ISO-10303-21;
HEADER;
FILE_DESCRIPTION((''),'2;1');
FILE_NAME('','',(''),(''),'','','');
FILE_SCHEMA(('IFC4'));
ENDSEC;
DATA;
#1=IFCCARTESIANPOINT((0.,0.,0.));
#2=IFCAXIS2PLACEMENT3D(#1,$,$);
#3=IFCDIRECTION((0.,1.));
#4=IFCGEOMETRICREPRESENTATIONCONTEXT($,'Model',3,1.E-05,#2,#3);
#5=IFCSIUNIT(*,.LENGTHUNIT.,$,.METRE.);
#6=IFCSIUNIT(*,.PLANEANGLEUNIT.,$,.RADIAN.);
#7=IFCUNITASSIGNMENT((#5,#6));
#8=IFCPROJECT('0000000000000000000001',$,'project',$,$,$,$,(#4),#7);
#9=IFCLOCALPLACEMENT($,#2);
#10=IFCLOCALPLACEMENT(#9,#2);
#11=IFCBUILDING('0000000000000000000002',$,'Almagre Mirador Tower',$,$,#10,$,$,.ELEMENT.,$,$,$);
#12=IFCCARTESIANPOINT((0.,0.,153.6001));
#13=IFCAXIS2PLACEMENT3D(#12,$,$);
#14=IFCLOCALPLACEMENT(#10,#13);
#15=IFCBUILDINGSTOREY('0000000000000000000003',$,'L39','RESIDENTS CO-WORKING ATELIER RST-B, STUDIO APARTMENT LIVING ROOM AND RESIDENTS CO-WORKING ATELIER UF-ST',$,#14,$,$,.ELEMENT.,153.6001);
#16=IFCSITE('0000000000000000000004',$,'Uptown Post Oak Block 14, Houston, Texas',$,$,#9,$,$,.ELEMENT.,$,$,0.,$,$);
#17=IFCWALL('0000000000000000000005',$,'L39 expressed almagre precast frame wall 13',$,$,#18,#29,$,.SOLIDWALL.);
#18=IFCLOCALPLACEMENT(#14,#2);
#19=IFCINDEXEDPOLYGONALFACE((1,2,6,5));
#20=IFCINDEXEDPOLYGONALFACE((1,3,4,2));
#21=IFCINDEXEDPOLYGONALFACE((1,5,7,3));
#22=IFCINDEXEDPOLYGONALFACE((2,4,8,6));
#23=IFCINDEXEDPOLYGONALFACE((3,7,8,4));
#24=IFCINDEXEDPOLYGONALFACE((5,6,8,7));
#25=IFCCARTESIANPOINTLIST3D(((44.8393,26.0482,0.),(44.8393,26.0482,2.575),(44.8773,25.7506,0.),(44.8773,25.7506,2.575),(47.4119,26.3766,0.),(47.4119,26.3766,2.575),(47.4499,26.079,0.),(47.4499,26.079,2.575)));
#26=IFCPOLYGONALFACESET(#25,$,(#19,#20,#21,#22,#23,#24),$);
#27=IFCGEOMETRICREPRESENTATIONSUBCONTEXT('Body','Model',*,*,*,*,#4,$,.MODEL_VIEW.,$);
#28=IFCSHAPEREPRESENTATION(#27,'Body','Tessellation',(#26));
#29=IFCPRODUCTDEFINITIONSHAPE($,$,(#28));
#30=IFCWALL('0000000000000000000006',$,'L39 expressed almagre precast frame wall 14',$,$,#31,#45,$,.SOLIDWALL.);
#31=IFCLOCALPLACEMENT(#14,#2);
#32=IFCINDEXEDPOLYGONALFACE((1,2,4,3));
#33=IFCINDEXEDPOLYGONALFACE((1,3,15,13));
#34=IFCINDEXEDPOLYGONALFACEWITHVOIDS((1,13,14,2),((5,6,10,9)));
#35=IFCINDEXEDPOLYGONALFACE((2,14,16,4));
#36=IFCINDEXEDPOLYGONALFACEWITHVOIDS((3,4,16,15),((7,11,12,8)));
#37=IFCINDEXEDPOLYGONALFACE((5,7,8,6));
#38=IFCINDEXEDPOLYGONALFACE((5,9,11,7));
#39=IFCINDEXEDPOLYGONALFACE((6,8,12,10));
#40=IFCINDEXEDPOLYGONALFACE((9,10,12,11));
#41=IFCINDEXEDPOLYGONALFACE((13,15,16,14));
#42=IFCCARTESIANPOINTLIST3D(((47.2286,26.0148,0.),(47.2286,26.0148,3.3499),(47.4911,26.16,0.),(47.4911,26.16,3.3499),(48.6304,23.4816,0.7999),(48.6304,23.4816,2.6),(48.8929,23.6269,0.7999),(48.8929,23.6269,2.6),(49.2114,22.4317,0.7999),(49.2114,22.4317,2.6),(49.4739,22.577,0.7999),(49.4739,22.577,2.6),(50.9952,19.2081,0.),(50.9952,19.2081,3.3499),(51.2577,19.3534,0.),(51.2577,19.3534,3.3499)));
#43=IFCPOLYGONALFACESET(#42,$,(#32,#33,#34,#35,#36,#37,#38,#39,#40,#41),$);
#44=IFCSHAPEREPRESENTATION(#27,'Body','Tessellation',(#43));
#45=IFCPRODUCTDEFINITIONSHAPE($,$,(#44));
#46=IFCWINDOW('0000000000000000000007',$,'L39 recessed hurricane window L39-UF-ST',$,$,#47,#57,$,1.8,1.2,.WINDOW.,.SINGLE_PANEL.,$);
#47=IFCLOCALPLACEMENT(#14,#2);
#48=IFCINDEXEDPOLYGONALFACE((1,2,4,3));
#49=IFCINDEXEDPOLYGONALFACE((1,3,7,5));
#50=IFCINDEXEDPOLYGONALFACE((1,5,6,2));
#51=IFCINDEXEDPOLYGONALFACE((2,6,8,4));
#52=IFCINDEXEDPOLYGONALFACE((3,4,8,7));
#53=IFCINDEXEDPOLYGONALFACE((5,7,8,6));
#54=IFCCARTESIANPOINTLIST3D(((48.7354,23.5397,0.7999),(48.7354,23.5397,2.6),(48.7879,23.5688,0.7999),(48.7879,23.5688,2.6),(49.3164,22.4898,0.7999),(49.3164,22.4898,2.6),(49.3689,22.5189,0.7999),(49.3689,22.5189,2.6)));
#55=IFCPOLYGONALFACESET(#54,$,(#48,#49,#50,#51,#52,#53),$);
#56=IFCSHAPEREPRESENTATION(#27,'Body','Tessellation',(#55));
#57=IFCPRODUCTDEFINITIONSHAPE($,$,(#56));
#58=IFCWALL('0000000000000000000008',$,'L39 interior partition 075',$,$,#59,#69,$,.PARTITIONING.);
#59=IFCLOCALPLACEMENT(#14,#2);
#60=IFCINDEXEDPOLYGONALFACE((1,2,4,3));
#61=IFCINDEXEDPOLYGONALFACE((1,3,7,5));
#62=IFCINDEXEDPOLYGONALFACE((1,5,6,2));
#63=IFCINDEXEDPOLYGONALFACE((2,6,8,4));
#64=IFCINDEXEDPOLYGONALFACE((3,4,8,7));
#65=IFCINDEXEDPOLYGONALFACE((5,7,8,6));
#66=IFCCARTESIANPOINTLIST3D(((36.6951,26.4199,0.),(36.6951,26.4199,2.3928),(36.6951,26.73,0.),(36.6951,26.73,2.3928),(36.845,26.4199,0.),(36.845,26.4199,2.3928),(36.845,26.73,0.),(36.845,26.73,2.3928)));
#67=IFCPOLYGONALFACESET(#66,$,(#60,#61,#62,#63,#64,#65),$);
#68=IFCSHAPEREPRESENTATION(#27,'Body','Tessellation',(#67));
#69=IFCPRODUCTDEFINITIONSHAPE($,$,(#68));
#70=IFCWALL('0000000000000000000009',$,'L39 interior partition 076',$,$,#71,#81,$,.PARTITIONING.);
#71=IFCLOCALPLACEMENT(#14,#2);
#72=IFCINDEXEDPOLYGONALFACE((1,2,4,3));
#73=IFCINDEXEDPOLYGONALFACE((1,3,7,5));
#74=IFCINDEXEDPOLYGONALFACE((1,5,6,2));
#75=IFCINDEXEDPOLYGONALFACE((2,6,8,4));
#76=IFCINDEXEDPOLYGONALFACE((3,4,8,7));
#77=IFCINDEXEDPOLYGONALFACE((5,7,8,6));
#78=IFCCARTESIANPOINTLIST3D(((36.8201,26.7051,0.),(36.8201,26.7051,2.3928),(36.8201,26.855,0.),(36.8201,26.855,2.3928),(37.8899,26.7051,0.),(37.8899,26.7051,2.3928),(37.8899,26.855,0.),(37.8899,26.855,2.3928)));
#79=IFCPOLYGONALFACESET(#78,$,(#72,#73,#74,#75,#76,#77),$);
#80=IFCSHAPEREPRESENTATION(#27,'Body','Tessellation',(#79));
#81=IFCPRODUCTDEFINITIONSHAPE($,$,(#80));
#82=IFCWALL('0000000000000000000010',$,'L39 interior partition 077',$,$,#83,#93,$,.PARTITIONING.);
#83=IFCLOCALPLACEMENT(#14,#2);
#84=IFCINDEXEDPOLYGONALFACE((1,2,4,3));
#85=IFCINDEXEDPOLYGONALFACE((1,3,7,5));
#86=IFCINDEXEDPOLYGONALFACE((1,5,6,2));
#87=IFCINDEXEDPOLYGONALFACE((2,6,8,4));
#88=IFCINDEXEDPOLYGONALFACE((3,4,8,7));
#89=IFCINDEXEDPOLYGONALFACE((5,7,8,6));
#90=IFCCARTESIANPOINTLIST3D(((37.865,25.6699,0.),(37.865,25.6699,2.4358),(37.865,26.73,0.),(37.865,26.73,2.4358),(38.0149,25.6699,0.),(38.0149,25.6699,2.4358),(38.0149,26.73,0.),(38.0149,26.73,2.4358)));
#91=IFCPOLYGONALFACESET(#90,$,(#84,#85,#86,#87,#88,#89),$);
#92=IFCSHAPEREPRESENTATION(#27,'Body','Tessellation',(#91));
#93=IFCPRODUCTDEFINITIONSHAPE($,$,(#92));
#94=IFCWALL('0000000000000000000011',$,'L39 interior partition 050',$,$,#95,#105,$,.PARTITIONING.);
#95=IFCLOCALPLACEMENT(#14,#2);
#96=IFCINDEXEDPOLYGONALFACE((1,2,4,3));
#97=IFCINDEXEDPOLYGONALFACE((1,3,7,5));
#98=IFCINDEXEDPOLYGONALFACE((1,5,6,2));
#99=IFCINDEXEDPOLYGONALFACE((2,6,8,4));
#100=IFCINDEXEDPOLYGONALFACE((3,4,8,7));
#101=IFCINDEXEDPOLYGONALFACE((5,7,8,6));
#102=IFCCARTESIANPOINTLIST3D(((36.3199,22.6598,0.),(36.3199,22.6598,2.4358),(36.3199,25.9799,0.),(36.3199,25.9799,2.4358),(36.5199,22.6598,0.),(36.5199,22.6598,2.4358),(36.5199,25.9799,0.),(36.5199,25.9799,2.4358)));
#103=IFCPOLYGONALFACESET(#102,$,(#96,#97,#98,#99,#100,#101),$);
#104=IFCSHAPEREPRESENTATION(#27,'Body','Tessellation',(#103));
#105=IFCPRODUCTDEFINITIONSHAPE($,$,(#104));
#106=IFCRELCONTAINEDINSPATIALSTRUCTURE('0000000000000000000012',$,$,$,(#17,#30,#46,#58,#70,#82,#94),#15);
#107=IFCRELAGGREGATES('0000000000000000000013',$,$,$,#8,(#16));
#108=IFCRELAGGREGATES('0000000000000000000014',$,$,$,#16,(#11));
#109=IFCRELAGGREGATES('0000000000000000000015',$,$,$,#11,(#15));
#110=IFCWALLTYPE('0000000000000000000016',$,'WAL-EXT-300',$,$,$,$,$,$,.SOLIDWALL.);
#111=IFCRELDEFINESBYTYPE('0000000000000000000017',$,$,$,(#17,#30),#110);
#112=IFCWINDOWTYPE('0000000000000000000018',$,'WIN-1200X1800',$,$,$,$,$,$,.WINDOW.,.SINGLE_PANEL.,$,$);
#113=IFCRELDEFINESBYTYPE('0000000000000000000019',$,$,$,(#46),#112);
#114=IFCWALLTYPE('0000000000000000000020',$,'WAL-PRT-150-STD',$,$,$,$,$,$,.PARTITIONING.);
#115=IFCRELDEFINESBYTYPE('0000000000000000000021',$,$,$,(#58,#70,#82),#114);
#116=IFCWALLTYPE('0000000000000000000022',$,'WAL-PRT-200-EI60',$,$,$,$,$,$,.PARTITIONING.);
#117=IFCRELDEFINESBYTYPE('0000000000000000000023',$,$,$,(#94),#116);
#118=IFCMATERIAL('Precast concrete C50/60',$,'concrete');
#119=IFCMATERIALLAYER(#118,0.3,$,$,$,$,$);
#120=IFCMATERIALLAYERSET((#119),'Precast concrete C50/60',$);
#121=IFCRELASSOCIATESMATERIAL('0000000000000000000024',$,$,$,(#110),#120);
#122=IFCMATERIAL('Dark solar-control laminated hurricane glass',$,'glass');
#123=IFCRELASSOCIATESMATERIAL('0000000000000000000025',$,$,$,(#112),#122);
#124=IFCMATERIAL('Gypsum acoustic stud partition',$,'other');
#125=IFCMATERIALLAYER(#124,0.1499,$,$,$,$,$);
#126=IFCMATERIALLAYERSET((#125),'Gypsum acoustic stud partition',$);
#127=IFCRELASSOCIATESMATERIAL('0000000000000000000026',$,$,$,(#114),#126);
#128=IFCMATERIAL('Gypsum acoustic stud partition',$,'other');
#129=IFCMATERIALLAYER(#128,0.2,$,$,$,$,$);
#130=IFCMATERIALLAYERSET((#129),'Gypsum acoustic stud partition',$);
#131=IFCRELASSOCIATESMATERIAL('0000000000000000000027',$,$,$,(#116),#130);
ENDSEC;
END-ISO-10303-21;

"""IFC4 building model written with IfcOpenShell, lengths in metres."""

from ifc_helpers import new_model, si_unit, direction, frame, frame_2d, origin, place, context, subcontext, project, spatial, rectangle, extrude, material, layer, layer_set, type_object, element, fill, save


model = new_model("IFC4")

# Units and contexts
model_context = context("Model", 3, precision=1e-05, world=origin(), true_north=direction((0.0, 1.0)))
body_context = subcontext(model_context, "Body", "Model", "MODEL_VIEW")
ifc_project = project(units=[si_unit("LENGTHUNIT", "METRE"), si_unit("PLANEANGLEUNIT", "RADIAN")], contexts=[model_context])

# Site, building, storey
site_placement = place(None, origin())
site = spatial("IfcSite", under=ifc_project, at=site_placement, Name="Uptown Post Oak Block 14, Houston, Texas", CompositionType="ELEMENT", RefElevation=0.0)
building_placement = place(site_placement, origin())
building = spatial("IfcBuilding", under=site, at=building_placement, Name="Almagre Mirador Tower", CompositionType="ELEMENT")
storey_placement = place(building_placement, frame((0.0, 0.0, 153.6001)))
storey = spatial("IfcBuildingStorey", under=building, at=storey_placement, Name="L39", Description="RESIDENTS CO-WORKING ATELIER RST-B, STUDIO APARTMENT LIVING ROOM AND RESIDENTS CO-WORKING ATELIER UF-ST", CompositionType="ELEMENT", Elevation=153.6001)

# Wall
ifc_material_1 = material(Name="Precast concrete C50/60", Category="concrete")
ifc_layer_1 = layer(ifc_material_1, 0.3)
ifc_layer_set_1 = layer_set([ifc_layer_1], Name="Precast concrete C50/60")
wall_type_1 = type_object("IfcWallType", Name="WAL-EXT-300", PredefinedType="SOLIDWALL", material=ifc_layer_set_1)
wall_1_placement = place(storey_placement, frame((44.8582, 25.8994, 0.0), z_axis=(0.0, 0.0, 1.0), x_axis=(0.991953, 0.126606, 0.0)))
element("IfcWall", 1, at=wall_1_placement, inside=storey, type_object=wall_type_1, Name="L39 expressed almagre precast frame wall 13", PredefinedType="SOLIDWALL", context=body_context, shape_type="SweptSolid", body=[
    extrude(rectangle(XDim=2.5935, YDim=0.3, at=frame_2d((1.2969, 0.0))), origin(), (0.0, 0.0, 1.0), 2.575),
])

# Wall, opening, window
wall_2_placement = place(storey_placement, frame((47.3599, 26.0874, 0.0), z_axis=(0.0, 0.0, 1.0), x_axis=(0.484182, -0.874967, 0.0)))
wall_2 = element("IfcWall", 2, at=wall_2_placement, inside=storey, type_object=wall_type_1, Name="L39 expressed almagre precast frame wall 14", PredefinedType="SOLIDWALL", context=body_context, shape_type="SweptSolid", body=[
    extrude(rectangle(XDim=7.7793, YDim=0.3, at=frame_2d((3.8896, 0.0))), origin(), (0.0, 0.0, 1.0), 3.3499),
])
opening_placement = place(wall_2_placement, frame((2.895, 0.0, 0.8)))
opening = element("IfcOpeningElement", 3, at=opening_placement, cuts=wall_2, PredefinedType="OPENING", context=body_context, shape_type="SweptSolid", body=[
    extrude(rectangle(XDim=1.2, YDim=1.8, at=frame_2d((0.6001, 0.8999))), frame((0.0, 0.1599, 0.0), z_axis=(0.0, -1.0, 0.0), x_axis=(1.0, 0.0, 0.0)), (0.0, 0.0, 1.0), 0.32),
])
ifc_material_2 = material(Name="Dark solar-control laminated hurricane glass", Category="glass")
window_type = type_object("IfcWindowType", Name="WIN-1200X1800", PartitioningType="SINGLE_PANEL", PredefinedType="WINDOW", material=ifc_material_2)
window_placement = place(opening_placement, origin())
window = element("IfcWindow", 4, at=window_placement, inside=storey, type_object=window_type, Name="L39 recessed hurricane window L39-UF-ST", OverallHeight=1.8, OverallWidth=1.2, PartitioningType="SINGLE_PANEL", PredefinedType="WINDOW", context=body_context, shape_type="SweptSolid", body=[
    extrude(rectangle(XDim=1.2, YDim=1.8, at=frame_2d((0.6001, 0.8999))), frame((0.0, 0.03, 0.0), z_axis=(0.0, -1.0, 0.0), x_axis=(1.0, 0.0, 0.0)), (0.0, 0.0, 1.0), 0.0601),
])
fill(opening, window)

# Walls
ifc_material_3 = material(Name="Gypsum acoustic stud partition", Category="other")
ifc_layer_2 = layer(ifc_material_3, 0.1499)
ifc_layer_set_2 = layer_set([ifc_layer_2], Name="Gypsum acoustic stud partition")
wall_type_2 = type_object("IfcWallType", Name="WAL-PRT-150-STD", PredefinedType="PARTITIONING", material=ifc_layer_set_2)
wall_3_placement = place(storey_placement, frame((36.77, 26.4199, 0.0), z_axis=(0.0, 0.0, 1.0), x_axis=(0.0, 1.0, 0.0)))
element("IfcWall", 5, at=wall_3_placement, inside=storey, type_object=wall_type_2, Name="L39 interior partition 075", PredefinedType="PARTITIONING", context=body_context, shape_type="SweptSolid", body=[
    extrude(rectangle(XDim=0.3101, YDim=0.1499, at=frame_2d((0.155, 0.0))), origin(), (0.0, 0.0, 1.0), 2.3928),
])
wall_4_placement = place(storey_placement, frame((36.8201, 26.78, 0.0), z_axis=(0.0, 0.0, 1.0), x_axis=(1.0, 0.0, 0.0)))
element("IfcWall", 6, at=wall_4_placement, inside=storey, type_object=wall_type_2, Name="L39 interior partition 076", PredefinedType="PARTITIONING", context=body_context, shape_type="SweptSolid", body=[
    extrude(rectangle(XDim=1.0698, YDim=0.1499, at=frame_2d((0.5349, 0.0))), origin(), (0.0, 0.0, 1.0), 2.3928),
])
wall_5_placement = place(storey_placement, frame((37.9399, 26.73, 0.0), z_axis=(0.0, 0.0, 1.0), x_axis=(0.0, -1.0, 0.0)))
element("IfcWall", 7, at=wall_5_placement, inside=storey, type_object=wall_type_2, Name="L39 interior partition 077", PredefinedType="PARTITIONING", context=body_context, shape_type="SweptSolid", body=[
    extrude(rectangle(XDim=1.0601, YDim=0.1499, at=frame_2d((0.53, 0.0))), origin(), (0.0, 0.0, 1.0), 2.4358),
])
ifc_material_4 = material(Name="Gypsum acoustic stud partition", Category="other")
ifc_layer_3 = layer(ifc_material_4, 0.2)
ifc_layer_set_3 = layer_set([ifc_layer_3], Name="Gypsum acoustic stud partition")
wall_type_3 = type_object("IfcWallType", Name="WAL-PRT-200-EI60", PredefinedType="PARTITIONING", material=ifc_layer_set_3)
wall_6_placement = place(storey_placement, frame((36.4199, 25.98, 0.0), z_axis=(0.0, 0.0, 1.0), x_axis=(0.0, -1.0, 0.0)))
element("IfcWall", 8, at=wall_6_placement, inside=storey, type_object=wall_type_3, Name="L39 interior partition 050", PredefinedType="PARTITIONING", context=body_context, shape_type="SweptSolid", body=[
    extrude(rectangle(XDim=3.3201, YDim=0.2, at=frame_2d((1.6602, 0.0))), origin(), (0.0, 0.0, 1.0), 2.4358),
])

save(model, "model.ifc")
